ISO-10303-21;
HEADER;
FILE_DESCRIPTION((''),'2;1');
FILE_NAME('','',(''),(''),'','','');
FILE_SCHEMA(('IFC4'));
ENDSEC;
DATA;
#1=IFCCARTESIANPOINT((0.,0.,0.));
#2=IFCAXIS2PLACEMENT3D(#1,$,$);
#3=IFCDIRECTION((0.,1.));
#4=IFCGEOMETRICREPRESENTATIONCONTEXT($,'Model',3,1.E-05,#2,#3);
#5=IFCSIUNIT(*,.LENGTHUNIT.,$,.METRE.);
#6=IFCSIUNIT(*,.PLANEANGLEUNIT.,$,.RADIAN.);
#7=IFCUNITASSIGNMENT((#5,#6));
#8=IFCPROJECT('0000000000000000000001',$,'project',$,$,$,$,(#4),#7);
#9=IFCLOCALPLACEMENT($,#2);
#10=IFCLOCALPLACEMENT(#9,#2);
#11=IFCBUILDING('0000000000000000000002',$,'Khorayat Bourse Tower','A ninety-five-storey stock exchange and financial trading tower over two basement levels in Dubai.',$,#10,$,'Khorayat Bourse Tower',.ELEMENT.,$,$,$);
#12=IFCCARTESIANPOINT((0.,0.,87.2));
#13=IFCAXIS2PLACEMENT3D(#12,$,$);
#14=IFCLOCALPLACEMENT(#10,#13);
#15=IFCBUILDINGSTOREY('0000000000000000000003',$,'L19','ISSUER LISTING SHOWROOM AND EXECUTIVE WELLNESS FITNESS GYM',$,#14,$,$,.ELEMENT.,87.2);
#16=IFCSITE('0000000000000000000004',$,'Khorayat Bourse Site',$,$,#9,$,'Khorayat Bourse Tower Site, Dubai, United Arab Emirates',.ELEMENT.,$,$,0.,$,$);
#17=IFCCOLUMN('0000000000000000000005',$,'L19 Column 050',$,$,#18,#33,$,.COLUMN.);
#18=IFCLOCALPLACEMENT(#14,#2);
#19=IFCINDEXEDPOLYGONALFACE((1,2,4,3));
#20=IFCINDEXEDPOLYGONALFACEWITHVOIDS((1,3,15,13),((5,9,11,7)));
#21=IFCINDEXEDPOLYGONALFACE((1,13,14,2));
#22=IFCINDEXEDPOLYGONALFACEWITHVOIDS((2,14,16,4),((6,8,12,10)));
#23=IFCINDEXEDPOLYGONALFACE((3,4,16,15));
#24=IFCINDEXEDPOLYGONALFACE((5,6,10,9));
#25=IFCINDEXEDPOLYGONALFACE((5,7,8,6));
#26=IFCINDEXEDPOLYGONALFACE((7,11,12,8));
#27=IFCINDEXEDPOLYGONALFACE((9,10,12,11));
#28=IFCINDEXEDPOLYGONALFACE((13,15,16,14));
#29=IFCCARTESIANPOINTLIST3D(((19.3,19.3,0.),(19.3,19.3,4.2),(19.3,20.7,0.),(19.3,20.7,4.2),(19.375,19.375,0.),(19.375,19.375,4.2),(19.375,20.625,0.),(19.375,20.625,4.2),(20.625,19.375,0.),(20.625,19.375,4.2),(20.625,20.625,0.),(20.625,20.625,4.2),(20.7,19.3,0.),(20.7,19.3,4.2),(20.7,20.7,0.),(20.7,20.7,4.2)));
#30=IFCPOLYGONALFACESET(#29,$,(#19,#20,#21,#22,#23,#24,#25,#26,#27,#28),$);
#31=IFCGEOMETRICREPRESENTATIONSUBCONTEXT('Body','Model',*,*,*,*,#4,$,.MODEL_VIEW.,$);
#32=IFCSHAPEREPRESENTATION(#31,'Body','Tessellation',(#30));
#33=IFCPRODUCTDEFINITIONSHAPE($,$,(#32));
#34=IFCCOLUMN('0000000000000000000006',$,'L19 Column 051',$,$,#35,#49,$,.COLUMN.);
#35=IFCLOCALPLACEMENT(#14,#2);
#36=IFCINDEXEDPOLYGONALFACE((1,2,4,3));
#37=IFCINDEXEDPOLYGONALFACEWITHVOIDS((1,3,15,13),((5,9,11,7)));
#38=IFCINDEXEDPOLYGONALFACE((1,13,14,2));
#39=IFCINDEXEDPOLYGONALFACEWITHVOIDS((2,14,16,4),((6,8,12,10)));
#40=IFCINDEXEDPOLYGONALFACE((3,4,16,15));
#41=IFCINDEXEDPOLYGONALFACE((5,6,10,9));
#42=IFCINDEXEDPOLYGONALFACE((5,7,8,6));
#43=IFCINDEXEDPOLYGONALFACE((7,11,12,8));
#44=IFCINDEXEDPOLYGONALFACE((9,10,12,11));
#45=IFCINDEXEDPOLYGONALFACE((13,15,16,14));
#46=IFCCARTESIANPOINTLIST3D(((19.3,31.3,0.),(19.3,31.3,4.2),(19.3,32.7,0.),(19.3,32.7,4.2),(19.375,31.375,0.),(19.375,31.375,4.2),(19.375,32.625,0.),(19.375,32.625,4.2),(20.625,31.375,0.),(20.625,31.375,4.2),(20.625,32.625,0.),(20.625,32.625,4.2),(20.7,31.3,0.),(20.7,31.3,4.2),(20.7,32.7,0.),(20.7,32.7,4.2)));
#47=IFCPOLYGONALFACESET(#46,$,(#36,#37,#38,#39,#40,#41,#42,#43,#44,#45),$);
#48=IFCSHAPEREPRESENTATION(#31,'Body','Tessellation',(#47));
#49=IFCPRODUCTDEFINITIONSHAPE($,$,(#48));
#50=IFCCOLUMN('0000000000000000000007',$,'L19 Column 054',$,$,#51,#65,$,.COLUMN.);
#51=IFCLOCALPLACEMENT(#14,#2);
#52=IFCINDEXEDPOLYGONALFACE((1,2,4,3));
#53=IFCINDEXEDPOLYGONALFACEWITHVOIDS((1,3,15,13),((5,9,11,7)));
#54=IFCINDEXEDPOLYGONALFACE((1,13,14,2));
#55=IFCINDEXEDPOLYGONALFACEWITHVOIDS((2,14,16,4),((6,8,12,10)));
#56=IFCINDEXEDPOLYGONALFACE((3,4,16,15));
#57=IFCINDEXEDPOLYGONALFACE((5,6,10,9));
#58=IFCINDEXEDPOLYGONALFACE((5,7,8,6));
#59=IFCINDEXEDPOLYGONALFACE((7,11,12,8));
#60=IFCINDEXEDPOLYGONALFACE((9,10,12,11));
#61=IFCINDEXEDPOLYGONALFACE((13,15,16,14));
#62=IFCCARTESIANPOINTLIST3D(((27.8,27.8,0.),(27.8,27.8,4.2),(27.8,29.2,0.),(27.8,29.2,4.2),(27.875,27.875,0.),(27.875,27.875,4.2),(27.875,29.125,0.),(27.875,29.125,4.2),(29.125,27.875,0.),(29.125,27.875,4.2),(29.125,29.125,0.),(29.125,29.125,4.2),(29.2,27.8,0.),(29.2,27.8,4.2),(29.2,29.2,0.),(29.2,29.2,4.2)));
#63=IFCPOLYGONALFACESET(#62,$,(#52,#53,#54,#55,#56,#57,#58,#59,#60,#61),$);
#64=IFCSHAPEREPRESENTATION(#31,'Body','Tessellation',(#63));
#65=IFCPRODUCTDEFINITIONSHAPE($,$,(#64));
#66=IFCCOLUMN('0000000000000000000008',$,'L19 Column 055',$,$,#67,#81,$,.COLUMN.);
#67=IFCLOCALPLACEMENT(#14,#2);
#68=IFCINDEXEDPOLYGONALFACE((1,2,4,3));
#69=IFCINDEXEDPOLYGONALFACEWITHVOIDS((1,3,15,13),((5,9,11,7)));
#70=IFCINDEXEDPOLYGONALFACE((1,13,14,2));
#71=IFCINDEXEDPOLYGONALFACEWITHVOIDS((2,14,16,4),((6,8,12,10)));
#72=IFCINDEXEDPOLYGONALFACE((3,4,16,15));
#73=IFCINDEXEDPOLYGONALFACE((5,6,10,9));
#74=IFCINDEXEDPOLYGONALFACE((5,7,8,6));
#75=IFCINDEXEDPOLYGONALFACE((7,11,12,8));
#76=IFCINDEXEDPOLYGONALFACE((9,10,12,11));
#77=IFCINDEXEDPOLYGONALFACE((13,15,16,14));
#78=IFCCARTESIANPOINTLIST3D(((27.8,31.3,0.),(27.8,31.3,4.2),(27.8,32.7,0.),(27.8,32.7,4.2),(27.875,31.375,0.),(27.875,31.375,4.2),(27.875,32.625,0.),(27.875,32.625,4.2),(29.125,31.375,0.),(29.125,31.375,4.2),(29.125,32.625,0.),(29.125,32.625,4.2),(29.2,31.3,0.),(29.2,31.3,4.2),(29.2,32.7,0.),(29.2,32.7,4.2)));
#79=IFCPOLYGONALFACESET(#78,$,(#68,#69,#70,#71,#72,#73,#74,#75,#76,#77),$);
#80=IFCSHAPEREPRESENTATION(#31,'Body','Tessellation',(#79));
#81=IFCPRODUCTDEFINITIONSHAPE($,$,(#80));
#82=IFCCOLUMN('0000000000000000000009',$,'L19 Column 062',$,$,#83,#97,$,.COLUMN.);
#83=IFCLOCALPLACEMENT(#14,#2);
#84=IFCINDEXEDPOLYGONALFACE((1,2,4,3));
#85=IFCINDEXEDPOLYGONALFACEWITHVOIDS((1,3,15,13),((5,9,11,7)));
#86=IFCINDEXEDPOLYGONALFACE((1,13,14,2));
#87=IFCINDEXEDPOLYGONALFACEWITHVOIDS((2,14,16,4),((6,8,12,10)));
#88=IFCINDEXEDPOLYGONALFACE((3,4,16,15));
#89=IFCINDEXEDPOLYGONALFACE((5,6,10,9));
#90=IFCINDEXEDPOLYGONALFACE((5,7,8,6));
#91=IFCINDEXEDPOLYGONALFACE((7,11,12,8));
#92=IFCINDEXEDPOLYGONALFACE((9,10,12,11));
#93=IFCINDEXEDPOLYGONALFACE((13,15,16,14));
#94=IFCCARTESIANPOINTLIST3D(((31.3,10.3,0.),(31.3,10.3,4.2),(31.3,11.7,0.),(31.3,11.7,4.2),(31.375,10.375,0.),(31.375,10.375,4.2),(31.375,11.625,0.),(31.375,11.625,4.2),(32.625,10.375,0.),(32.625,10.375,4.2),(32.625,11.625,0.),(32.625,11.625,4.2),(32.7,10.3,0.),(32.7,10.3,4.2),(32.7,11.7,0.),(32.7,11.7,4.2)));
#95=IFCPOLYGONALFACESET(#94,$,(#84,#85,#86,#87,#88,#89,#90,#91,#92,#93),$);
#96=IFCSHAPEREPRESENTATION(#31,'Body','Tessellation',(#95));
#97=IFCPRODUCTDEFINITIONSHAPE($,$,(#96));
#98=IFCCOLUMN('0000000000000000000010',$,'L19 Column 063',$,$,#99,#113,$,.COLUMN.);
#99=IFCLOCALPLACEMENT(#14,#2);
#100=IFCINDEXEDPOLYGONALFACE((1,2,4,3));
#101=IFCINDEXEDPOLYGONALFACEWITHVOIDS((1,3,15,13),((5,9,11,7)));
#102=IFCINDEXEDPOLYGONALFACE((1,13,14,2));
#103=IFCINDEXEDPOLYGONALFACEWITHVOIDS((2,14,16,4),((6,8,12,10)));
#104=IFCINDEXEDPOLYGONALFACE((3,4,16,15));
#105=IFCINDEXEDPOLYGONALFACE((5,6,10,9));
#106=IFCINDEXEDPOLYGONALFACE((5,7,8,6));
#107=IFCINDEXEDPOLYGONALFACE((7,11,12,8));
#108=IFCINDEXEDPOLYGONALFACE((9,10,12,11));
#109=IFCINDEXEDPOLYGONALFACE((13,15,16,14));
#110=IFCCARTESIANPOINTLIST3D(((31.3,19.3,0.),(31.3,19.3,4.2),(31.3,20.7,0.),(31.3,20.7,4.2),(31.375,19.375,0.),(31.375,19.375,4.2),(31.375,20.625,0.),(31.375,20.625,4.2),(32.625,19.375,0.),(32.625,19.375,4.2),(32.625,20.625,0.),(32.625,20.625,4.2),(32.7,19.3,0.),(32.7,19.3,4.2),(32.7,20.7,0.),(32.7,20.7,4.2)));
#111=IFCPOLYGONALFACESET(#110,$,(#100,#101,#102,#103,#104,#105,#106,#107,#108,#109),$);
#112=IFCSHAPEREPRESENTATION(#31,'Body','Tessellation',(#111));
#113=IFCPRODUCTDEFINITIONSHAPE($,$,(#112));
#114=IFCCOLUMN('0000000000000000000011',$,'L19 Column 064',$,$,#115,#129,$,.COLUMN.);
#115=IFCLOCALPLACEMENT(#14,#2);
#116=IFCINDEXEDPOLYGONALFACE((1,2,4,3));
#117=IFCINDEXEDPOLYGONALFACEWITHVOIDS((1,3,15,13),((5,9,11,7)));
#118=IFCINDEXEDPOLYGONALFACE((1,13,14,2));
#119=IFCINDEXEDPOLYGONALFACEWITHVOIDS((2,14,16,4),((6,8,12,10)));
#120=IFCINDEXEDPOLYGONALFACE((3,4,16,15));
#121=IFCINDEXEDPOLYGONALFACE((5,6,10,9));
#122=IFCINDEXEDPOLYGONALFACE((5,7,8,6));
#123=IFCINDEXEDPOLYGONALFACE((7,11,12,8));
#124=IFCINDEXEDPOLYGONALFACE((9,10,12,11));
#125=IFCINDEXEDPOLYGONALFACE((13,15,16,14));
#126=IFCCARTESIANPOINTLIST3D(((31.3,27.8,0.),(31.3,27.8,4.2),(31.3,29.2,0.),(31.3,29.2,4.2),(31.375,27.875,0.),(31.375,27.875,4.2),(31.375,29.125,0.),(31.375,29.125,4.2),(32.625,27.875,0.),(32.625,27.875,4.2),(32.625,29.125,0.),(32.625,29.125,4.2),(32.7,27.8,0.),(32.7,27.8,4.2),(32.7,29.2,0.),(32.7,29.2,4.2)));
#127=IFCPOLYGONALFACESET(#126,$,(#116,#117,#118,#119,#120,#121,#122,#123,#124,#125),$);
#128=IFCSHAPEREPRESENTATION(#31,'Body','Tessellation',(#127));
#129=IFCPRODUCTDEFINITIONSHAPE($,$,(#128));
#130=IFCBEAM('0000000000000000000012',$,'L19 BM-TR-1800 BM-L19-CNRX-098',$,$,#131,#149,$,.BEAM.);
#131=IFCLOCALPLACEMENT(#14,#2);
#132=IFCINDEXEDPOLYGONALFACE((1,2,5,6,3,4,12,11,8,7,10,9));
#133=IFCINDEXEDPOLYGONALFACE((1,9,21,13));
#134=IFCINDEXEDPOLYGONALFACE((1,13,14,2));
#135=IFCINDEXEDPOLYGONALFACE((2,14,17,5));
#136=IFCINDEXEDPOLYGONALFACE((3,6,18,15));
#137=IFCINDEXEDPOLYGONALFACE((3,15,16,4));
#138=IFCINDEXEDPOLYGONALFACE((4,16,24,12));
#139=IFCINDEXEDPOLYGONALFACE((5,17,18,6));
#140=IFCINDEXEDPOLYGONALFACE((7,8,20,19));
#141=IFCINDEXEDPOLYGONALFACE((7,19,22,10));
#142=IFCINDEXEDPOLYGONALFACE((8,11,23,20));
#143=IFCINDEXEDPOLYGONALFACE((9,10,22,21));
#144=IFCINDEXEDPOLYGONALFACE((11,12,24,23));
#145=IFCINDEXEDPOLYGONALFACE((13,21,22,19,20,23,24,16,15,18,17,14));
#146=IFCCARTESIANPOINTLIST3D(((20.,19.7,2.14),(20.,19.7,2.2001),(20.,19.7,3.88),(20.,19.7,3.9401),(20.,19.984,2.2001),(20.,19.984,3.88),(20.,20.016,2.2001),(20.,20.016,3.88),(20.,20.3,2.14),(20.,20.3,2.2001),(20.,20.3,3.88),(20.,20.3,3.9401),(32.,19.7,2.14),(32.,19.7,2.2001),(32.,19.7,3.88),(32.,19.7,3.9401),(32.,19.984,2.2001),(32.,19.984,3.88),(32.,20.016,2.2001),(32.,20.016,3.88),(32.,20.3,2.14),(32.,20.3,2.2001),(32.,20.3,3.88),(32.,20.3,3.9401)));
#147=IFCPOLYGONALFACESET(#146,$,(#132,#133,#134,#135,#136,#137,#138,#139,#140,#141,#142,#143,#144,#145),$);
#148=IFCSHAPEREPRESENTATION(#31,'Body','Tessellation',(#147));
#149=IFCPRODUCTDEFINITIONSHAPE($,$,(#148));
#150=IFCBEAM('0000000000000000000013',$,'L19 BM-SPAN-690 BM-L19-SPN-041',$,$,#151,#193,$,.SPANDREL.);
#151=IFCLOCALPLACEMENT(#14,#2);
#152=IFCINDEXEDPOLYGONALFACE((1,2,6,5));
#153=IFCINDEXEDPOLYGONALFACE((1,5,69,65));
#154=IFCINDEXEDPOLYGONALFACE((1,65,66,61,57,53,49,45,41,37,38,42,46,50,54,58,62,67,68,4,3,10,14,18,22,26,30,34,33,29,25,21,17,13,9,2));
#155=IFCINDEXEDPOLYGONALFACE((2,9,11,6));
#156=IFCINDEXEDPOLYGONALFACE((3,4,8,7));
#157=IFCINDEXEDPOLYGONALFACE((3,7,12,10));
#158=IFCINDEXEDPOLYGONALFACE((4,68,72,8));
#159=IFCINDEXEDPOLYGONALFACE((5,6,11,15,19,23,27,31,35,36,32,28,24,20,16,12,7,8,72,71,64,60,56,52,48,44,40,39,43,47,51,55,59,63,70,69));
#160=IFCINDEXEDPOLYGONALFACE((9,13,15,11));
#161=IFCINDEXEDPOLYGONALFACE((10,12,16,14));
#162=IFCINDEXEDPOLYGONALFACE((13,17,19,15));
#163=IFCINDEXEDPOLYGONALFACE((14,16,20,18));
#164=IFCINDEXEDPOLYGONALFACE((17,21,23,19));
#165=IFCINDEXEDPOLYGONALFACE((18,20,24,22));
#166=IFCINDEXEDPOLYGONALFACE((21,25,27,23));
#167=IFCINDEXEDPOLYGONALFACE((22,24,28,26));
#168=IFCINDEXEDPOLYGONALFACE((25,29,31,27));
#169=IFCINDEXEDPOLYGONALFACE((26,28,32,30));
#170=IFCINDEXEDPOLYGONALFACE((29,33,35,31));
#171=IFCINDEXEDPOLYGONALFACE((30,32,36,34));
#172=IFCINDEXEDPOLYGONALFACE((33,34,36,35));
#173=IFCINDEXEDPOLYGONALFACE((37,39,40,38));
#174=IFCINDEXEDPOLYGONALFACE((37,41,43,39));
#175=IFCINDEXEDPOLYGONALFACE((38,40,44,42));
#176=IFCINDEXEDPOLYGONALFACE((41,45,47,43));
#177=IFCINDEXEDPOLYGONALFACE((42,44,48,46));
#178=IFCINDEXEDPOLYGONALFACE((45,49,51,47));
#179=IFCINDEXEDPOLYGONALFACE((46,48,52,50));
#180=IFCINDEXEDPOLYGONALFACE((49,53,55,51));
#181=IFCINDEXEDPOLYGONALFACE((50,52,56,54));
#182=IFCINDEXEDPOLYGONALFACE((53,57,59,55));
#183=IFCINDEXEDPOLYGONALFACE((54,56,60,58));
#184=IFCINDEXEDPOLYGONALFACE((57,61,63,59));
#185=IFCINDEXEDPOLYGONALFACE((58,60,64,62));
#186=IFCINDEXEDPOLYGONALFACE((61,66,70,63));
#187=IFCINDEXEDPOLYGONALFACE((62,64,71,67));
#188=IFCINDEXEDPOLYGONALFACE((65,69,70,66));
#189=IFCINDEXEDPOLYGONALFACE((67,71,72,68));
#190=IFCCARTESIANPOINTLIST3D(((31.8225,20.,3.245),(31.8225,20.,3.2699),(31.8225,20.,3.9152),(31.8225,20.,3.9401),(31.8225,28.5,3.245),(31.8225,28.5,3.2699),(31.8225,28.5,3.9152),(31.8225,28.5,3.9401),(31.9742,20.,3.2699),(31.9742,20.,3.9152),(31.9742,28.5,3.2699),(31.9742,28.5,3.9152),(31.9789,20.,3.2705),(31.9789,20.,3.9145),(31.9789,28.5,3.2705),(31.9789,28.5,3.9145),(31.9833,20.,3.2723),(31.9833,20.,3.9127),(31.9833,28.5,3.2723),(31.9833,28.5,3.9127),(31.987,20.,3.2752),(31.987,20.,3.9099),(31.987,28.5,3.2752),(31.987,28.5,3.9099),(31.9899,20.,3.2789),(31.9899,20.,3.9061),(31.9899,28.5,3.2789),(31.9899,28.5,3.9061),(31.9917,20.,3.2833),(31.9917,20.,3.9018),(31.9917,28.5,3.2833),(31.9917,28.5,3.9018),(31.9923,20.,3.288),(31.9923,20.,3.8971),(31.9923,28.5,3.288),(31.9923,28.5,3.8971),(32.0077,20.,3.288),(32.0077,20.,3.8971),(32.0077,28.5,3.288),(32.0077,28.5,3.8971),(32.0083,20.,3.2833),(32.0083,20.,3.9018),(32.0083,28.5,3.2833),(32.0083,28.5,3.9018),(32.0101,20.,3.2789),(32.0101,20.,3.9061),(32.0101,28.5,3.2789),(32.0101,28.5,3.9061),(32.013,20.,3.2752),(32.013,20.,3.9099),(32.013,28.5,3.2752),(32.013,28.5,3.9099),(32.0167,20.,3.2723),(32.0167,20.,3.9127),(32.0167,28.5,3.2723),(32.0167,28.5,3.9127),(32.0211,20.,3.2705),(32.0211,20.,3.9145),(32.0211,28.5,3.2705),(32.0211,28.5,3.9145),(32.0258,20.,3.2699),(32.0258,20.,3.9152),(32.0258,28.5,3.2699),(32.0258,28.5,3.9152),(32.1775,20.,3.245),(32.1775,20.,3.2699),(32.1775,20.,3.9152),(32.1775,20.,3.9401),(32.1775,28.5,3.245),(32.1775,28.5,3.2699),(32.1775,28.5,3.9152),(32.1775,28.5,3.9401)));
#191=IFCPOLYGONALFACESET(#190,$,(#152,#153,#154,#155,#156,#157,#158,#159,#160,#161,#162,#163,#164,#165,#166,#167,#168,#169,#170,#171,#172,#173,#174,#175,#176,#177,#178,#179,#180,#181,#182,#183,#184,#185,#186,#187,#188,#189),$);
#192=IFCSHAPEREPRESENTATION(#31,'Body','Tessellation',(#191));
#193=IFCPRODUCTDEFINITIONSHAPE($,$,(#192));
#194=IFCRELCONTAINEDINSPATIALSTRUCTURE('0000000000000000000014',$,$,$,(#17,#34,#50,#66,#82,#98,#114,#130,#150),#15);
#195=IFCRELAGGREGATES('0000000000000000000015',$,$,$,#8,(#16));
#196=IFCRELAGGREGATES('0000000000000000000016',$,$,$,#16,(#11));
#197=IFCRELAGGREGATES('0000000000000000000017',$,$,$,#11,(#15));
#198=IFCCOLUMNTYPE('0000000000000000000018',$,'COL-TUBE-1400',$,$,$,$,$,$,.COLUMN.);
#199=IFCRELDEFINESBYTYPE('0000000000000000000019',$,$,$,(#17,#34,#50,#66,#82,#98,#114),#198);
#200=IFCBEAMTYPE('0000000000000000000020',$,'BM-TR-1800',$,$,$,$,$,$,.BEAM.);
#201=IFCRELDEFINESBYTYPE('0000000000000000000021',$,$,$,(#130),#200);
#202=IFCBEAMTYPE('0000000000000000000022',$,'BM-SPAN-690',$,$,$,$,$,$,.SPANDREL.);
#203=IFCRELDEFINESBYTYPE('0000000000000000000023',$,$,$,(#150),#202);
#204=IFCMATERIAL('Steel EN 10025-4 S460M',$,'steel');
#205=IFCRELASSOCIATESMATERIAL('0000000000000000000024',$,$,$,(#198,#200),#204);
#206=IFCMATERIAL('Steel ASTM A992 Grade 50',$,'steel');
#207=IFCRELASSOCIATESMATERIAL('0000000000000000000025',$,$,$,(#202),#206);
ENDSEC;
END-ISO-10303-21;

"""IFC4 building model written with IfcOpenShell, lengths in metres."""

from ifc_helpers import new_model, si_unit, direction, frame, origin, origin_2d, place, context, subcontext, project, spatial, hollow_rectangle, i_section, extrude, source, transform, mapped, material, material_profile, profile_set, type_object, element, save


model = new_model("IFC4")

# Units and contexts
model_context = context("Model", 3, precision=1e-05, world=origin(), true_north=direction((0.0, 1.0)))
body_context = subcontext(model_context, "Body", "Model", "MODEL_VIEW")
ifc_project = project(units=[si_unit("LENGTHUNIT", "METRE"), si_unit("PLANEANGLEUNIT", "RADIAN")], contexts=[model_context])

# Site, building, storey
site_placement = place(None, origin())
site = spatial("IfcSite", under=ifc_project, at=site_placement, Name="Khorayat Bourse Site", LongName="Khorayat Bourse Tower Site, Dubai, United Arab Emirates", CompositionType="ELEMENT", RefElevation=0.0)
building_placement = place(site_placement, origin())
building = spatial("IfcBuilding", under=site, at=building_placement, Name="Khorayat Bourse Tower", Description="A ninety-five-storey stock exchange and financial trading tower over two basement levels in Dubai.", LongName="Khorayat Bourse Tower", CompositionType="ELEMENT")
storey_placement = place(building_placement, frame((0.0, 0.0, 87.2)))
storey = spatial("IfcBuildingStorey", under=building, at=storey_placement, Name="L19", Description="ISSUER LISTING SHOWROOM AND EXECUTIVE WELLNESS FITNESS GYM", CompositionType="ELEMENT", Elevation=87.2)

# Columns
ifc_material_1 = material(Name="Steel EN 10025-4 S460M", Category="steel")
ifc_material_profile_1 = material_profile(ifc_material_1, hollow_rectangle(XDim=1.3999, YDim=1.3999, WallThickness=0.075, at=origin_2d()), Name="BOX 1400x1400x75")
ifc_profile_set_1 = profile_set([ifc_material_profile_1], Name="Steel EN 10025-4 S460M")
column_type = type_object("IfcColumnType", Name="COL-TUBE-1400", PredefinedType="COLUMN", material=ifc_profile_set_1)
shared_shape_1 = source(origin(), body_context, "Body", "SweptSolid", [
    extrude(hollow_rectangle(XDim=1.3999, YDim=1.3999, WallThickness=0.075, at=origin_2d()), origin(), (0.0, 0.0, 1.0), 4.2),
])
for number, where, z_axis, x_axis, name in (
    (1, (20.0, 20.0, 0.0), (0.0, 0.0, 1.0), (1.0, 0.0, 0.0), "L19 Column 050"),
    (2, (20.0, 32.0, 0.0), (0.0, 0.0, 1.0), (1.0, 0.0, 0.0), "L19 Column 051"),
    (3, (28.5, 28.5, 0.0), (0.0, 0.0, 1.0), (1.0, 0.0, 0.0), "L19 Column 054"),
    (4, (28.5, 32.0, 0.0), (0.0, 0.0, 1.0), (1.0, 0.0, 0.0), "L19 Column 055"),
    (5, (32.0, 11.0, 0.0), (0.0, 0.0, 1.0), (1.0, 0.0, 0.0), "L19 Column 062"),
    (6, (32.0, 20.0, 0.0), (0.0, 0.0, 1.0), (1.0, 0.0, 0.0), "L19 Column 063"),
    (7, (32.0, 28.5, 0.0), (0.0, 0.0, 1.0), (1.0, 0.0, 0.0), "L19 Column 064"),
):
    element("IfcColumn", number, at=place(storey_placement, frame(where, z_axis=z_axis, x_axis=x_axis)), inside=storey, type_object=column_type, Name=name, PredefinedType="COLUMN", context=body_context, shape_type="MappedRepresentation", body=[
        mapped(shared_shape_1, transform((0.0, 0.0, 0.0), scale=1.0)),
    ])

# Beams
ifc_material_profile_2 = material_profile(ifc_material_1, i_section(OverallWidth=0.6001, OverallDepth=1.8, WebThickness=0.032, FlangeThickness=0.0601, at=origin_2d()), Name="PG 1800x600x32x60")
ifc_profile_set_2 = profile_set([ifc_material_profile_2], Name="Steel EN 10025-4 S460M")
beam_type_1 = type_object("IfcBeamType", Name="BM-TR-1800", PredefinedType="BEAM", material=ifc_profile_set_2)
shared_shape_2 = source(origin(), body_context, "Body", "SweptSolid", [
    extrude(i_section(OverallWidth=0.6001, OverallDepth=1.8, WebThickness=0.032, FlangeThickness=0.0601, at=origin_2d()), origin(), (0.0, 0.0, 1.0), 12.0),
])
beam_1_placement = place(storey_placement, frame((20.0, 20.0, 3.04), z_axis=(1.0, 0.0, 0.0), x_axis=(0.0, 1.0, 0.0)))
element("IfcBeam", 8, at=beam_1_placement, inside=storey, type_object=beam_type_1, Name="L19 BM-TR-1800 BM-L19-CNRX-098", PredefinedType="BEAM", context=body_context, shape_type="MappedRepresentation", body=[
    mapped(shared_shape_2, transform((0.0, 0.0, 0.0), scale=1.0)),
])
ifc_material_2 = material(Name="Steel ASTM A992 Grade 50", Category="steel")
ifc_material_profile_3 = material_profile(ifc_material_2, i_section(OverallWidth=0.355, OverallDepth=0.6951, WebThickness=0.0154, FlangeThickness=0.0249, FilletRadius=0.0181, at=origin_2d()), Name="W690X217")
ifc_profile_set_3 = profile_set([ifc_material_profile_3], Name="Steel ASTM A992 Grade 50")
beam_type_2 = type_object("IfcBeamType", Name="BM-SPAN-690", PredefinedType="SPANDREL", material=ifc_profile_set_3)
shared_shape_3 = source(origin(), body_context, "Body", "SweptSolid", [
    extrude(i_section(OverallWidth=0.355, OverallDepth=0.6951, WebThickness=0.0154, FlangeThickness=0.0249, FilletRadius=0.0181, at=origin_2d()), origin(), (0.0, 0.0, 1.0), 8.5),
])
for number, where, z_axis, x_axis, name in (
    (9, (32.0, 20.0, 3.5925), (0.0, 1.0, 0.0), (-1.0, 0.0, 0.0), "L19 BM-SPAN-690 BM-L19-SPN-041"),
):
    element("IfcBeam", number, at=place(storey_placement, frame(where, z_axis=z_axis, x_axis=x_axis)), inside=storey, type_object=beam_type_2, Name=name, PredefinedType="SPANDREL", context=body_context, shape_type="MappedRepresentation", body=[
        mapped(shared_shape_3, transform((0.0, 0.0, 0.0), scale=1.0)),
    ])

save(model, "model.ifc")
